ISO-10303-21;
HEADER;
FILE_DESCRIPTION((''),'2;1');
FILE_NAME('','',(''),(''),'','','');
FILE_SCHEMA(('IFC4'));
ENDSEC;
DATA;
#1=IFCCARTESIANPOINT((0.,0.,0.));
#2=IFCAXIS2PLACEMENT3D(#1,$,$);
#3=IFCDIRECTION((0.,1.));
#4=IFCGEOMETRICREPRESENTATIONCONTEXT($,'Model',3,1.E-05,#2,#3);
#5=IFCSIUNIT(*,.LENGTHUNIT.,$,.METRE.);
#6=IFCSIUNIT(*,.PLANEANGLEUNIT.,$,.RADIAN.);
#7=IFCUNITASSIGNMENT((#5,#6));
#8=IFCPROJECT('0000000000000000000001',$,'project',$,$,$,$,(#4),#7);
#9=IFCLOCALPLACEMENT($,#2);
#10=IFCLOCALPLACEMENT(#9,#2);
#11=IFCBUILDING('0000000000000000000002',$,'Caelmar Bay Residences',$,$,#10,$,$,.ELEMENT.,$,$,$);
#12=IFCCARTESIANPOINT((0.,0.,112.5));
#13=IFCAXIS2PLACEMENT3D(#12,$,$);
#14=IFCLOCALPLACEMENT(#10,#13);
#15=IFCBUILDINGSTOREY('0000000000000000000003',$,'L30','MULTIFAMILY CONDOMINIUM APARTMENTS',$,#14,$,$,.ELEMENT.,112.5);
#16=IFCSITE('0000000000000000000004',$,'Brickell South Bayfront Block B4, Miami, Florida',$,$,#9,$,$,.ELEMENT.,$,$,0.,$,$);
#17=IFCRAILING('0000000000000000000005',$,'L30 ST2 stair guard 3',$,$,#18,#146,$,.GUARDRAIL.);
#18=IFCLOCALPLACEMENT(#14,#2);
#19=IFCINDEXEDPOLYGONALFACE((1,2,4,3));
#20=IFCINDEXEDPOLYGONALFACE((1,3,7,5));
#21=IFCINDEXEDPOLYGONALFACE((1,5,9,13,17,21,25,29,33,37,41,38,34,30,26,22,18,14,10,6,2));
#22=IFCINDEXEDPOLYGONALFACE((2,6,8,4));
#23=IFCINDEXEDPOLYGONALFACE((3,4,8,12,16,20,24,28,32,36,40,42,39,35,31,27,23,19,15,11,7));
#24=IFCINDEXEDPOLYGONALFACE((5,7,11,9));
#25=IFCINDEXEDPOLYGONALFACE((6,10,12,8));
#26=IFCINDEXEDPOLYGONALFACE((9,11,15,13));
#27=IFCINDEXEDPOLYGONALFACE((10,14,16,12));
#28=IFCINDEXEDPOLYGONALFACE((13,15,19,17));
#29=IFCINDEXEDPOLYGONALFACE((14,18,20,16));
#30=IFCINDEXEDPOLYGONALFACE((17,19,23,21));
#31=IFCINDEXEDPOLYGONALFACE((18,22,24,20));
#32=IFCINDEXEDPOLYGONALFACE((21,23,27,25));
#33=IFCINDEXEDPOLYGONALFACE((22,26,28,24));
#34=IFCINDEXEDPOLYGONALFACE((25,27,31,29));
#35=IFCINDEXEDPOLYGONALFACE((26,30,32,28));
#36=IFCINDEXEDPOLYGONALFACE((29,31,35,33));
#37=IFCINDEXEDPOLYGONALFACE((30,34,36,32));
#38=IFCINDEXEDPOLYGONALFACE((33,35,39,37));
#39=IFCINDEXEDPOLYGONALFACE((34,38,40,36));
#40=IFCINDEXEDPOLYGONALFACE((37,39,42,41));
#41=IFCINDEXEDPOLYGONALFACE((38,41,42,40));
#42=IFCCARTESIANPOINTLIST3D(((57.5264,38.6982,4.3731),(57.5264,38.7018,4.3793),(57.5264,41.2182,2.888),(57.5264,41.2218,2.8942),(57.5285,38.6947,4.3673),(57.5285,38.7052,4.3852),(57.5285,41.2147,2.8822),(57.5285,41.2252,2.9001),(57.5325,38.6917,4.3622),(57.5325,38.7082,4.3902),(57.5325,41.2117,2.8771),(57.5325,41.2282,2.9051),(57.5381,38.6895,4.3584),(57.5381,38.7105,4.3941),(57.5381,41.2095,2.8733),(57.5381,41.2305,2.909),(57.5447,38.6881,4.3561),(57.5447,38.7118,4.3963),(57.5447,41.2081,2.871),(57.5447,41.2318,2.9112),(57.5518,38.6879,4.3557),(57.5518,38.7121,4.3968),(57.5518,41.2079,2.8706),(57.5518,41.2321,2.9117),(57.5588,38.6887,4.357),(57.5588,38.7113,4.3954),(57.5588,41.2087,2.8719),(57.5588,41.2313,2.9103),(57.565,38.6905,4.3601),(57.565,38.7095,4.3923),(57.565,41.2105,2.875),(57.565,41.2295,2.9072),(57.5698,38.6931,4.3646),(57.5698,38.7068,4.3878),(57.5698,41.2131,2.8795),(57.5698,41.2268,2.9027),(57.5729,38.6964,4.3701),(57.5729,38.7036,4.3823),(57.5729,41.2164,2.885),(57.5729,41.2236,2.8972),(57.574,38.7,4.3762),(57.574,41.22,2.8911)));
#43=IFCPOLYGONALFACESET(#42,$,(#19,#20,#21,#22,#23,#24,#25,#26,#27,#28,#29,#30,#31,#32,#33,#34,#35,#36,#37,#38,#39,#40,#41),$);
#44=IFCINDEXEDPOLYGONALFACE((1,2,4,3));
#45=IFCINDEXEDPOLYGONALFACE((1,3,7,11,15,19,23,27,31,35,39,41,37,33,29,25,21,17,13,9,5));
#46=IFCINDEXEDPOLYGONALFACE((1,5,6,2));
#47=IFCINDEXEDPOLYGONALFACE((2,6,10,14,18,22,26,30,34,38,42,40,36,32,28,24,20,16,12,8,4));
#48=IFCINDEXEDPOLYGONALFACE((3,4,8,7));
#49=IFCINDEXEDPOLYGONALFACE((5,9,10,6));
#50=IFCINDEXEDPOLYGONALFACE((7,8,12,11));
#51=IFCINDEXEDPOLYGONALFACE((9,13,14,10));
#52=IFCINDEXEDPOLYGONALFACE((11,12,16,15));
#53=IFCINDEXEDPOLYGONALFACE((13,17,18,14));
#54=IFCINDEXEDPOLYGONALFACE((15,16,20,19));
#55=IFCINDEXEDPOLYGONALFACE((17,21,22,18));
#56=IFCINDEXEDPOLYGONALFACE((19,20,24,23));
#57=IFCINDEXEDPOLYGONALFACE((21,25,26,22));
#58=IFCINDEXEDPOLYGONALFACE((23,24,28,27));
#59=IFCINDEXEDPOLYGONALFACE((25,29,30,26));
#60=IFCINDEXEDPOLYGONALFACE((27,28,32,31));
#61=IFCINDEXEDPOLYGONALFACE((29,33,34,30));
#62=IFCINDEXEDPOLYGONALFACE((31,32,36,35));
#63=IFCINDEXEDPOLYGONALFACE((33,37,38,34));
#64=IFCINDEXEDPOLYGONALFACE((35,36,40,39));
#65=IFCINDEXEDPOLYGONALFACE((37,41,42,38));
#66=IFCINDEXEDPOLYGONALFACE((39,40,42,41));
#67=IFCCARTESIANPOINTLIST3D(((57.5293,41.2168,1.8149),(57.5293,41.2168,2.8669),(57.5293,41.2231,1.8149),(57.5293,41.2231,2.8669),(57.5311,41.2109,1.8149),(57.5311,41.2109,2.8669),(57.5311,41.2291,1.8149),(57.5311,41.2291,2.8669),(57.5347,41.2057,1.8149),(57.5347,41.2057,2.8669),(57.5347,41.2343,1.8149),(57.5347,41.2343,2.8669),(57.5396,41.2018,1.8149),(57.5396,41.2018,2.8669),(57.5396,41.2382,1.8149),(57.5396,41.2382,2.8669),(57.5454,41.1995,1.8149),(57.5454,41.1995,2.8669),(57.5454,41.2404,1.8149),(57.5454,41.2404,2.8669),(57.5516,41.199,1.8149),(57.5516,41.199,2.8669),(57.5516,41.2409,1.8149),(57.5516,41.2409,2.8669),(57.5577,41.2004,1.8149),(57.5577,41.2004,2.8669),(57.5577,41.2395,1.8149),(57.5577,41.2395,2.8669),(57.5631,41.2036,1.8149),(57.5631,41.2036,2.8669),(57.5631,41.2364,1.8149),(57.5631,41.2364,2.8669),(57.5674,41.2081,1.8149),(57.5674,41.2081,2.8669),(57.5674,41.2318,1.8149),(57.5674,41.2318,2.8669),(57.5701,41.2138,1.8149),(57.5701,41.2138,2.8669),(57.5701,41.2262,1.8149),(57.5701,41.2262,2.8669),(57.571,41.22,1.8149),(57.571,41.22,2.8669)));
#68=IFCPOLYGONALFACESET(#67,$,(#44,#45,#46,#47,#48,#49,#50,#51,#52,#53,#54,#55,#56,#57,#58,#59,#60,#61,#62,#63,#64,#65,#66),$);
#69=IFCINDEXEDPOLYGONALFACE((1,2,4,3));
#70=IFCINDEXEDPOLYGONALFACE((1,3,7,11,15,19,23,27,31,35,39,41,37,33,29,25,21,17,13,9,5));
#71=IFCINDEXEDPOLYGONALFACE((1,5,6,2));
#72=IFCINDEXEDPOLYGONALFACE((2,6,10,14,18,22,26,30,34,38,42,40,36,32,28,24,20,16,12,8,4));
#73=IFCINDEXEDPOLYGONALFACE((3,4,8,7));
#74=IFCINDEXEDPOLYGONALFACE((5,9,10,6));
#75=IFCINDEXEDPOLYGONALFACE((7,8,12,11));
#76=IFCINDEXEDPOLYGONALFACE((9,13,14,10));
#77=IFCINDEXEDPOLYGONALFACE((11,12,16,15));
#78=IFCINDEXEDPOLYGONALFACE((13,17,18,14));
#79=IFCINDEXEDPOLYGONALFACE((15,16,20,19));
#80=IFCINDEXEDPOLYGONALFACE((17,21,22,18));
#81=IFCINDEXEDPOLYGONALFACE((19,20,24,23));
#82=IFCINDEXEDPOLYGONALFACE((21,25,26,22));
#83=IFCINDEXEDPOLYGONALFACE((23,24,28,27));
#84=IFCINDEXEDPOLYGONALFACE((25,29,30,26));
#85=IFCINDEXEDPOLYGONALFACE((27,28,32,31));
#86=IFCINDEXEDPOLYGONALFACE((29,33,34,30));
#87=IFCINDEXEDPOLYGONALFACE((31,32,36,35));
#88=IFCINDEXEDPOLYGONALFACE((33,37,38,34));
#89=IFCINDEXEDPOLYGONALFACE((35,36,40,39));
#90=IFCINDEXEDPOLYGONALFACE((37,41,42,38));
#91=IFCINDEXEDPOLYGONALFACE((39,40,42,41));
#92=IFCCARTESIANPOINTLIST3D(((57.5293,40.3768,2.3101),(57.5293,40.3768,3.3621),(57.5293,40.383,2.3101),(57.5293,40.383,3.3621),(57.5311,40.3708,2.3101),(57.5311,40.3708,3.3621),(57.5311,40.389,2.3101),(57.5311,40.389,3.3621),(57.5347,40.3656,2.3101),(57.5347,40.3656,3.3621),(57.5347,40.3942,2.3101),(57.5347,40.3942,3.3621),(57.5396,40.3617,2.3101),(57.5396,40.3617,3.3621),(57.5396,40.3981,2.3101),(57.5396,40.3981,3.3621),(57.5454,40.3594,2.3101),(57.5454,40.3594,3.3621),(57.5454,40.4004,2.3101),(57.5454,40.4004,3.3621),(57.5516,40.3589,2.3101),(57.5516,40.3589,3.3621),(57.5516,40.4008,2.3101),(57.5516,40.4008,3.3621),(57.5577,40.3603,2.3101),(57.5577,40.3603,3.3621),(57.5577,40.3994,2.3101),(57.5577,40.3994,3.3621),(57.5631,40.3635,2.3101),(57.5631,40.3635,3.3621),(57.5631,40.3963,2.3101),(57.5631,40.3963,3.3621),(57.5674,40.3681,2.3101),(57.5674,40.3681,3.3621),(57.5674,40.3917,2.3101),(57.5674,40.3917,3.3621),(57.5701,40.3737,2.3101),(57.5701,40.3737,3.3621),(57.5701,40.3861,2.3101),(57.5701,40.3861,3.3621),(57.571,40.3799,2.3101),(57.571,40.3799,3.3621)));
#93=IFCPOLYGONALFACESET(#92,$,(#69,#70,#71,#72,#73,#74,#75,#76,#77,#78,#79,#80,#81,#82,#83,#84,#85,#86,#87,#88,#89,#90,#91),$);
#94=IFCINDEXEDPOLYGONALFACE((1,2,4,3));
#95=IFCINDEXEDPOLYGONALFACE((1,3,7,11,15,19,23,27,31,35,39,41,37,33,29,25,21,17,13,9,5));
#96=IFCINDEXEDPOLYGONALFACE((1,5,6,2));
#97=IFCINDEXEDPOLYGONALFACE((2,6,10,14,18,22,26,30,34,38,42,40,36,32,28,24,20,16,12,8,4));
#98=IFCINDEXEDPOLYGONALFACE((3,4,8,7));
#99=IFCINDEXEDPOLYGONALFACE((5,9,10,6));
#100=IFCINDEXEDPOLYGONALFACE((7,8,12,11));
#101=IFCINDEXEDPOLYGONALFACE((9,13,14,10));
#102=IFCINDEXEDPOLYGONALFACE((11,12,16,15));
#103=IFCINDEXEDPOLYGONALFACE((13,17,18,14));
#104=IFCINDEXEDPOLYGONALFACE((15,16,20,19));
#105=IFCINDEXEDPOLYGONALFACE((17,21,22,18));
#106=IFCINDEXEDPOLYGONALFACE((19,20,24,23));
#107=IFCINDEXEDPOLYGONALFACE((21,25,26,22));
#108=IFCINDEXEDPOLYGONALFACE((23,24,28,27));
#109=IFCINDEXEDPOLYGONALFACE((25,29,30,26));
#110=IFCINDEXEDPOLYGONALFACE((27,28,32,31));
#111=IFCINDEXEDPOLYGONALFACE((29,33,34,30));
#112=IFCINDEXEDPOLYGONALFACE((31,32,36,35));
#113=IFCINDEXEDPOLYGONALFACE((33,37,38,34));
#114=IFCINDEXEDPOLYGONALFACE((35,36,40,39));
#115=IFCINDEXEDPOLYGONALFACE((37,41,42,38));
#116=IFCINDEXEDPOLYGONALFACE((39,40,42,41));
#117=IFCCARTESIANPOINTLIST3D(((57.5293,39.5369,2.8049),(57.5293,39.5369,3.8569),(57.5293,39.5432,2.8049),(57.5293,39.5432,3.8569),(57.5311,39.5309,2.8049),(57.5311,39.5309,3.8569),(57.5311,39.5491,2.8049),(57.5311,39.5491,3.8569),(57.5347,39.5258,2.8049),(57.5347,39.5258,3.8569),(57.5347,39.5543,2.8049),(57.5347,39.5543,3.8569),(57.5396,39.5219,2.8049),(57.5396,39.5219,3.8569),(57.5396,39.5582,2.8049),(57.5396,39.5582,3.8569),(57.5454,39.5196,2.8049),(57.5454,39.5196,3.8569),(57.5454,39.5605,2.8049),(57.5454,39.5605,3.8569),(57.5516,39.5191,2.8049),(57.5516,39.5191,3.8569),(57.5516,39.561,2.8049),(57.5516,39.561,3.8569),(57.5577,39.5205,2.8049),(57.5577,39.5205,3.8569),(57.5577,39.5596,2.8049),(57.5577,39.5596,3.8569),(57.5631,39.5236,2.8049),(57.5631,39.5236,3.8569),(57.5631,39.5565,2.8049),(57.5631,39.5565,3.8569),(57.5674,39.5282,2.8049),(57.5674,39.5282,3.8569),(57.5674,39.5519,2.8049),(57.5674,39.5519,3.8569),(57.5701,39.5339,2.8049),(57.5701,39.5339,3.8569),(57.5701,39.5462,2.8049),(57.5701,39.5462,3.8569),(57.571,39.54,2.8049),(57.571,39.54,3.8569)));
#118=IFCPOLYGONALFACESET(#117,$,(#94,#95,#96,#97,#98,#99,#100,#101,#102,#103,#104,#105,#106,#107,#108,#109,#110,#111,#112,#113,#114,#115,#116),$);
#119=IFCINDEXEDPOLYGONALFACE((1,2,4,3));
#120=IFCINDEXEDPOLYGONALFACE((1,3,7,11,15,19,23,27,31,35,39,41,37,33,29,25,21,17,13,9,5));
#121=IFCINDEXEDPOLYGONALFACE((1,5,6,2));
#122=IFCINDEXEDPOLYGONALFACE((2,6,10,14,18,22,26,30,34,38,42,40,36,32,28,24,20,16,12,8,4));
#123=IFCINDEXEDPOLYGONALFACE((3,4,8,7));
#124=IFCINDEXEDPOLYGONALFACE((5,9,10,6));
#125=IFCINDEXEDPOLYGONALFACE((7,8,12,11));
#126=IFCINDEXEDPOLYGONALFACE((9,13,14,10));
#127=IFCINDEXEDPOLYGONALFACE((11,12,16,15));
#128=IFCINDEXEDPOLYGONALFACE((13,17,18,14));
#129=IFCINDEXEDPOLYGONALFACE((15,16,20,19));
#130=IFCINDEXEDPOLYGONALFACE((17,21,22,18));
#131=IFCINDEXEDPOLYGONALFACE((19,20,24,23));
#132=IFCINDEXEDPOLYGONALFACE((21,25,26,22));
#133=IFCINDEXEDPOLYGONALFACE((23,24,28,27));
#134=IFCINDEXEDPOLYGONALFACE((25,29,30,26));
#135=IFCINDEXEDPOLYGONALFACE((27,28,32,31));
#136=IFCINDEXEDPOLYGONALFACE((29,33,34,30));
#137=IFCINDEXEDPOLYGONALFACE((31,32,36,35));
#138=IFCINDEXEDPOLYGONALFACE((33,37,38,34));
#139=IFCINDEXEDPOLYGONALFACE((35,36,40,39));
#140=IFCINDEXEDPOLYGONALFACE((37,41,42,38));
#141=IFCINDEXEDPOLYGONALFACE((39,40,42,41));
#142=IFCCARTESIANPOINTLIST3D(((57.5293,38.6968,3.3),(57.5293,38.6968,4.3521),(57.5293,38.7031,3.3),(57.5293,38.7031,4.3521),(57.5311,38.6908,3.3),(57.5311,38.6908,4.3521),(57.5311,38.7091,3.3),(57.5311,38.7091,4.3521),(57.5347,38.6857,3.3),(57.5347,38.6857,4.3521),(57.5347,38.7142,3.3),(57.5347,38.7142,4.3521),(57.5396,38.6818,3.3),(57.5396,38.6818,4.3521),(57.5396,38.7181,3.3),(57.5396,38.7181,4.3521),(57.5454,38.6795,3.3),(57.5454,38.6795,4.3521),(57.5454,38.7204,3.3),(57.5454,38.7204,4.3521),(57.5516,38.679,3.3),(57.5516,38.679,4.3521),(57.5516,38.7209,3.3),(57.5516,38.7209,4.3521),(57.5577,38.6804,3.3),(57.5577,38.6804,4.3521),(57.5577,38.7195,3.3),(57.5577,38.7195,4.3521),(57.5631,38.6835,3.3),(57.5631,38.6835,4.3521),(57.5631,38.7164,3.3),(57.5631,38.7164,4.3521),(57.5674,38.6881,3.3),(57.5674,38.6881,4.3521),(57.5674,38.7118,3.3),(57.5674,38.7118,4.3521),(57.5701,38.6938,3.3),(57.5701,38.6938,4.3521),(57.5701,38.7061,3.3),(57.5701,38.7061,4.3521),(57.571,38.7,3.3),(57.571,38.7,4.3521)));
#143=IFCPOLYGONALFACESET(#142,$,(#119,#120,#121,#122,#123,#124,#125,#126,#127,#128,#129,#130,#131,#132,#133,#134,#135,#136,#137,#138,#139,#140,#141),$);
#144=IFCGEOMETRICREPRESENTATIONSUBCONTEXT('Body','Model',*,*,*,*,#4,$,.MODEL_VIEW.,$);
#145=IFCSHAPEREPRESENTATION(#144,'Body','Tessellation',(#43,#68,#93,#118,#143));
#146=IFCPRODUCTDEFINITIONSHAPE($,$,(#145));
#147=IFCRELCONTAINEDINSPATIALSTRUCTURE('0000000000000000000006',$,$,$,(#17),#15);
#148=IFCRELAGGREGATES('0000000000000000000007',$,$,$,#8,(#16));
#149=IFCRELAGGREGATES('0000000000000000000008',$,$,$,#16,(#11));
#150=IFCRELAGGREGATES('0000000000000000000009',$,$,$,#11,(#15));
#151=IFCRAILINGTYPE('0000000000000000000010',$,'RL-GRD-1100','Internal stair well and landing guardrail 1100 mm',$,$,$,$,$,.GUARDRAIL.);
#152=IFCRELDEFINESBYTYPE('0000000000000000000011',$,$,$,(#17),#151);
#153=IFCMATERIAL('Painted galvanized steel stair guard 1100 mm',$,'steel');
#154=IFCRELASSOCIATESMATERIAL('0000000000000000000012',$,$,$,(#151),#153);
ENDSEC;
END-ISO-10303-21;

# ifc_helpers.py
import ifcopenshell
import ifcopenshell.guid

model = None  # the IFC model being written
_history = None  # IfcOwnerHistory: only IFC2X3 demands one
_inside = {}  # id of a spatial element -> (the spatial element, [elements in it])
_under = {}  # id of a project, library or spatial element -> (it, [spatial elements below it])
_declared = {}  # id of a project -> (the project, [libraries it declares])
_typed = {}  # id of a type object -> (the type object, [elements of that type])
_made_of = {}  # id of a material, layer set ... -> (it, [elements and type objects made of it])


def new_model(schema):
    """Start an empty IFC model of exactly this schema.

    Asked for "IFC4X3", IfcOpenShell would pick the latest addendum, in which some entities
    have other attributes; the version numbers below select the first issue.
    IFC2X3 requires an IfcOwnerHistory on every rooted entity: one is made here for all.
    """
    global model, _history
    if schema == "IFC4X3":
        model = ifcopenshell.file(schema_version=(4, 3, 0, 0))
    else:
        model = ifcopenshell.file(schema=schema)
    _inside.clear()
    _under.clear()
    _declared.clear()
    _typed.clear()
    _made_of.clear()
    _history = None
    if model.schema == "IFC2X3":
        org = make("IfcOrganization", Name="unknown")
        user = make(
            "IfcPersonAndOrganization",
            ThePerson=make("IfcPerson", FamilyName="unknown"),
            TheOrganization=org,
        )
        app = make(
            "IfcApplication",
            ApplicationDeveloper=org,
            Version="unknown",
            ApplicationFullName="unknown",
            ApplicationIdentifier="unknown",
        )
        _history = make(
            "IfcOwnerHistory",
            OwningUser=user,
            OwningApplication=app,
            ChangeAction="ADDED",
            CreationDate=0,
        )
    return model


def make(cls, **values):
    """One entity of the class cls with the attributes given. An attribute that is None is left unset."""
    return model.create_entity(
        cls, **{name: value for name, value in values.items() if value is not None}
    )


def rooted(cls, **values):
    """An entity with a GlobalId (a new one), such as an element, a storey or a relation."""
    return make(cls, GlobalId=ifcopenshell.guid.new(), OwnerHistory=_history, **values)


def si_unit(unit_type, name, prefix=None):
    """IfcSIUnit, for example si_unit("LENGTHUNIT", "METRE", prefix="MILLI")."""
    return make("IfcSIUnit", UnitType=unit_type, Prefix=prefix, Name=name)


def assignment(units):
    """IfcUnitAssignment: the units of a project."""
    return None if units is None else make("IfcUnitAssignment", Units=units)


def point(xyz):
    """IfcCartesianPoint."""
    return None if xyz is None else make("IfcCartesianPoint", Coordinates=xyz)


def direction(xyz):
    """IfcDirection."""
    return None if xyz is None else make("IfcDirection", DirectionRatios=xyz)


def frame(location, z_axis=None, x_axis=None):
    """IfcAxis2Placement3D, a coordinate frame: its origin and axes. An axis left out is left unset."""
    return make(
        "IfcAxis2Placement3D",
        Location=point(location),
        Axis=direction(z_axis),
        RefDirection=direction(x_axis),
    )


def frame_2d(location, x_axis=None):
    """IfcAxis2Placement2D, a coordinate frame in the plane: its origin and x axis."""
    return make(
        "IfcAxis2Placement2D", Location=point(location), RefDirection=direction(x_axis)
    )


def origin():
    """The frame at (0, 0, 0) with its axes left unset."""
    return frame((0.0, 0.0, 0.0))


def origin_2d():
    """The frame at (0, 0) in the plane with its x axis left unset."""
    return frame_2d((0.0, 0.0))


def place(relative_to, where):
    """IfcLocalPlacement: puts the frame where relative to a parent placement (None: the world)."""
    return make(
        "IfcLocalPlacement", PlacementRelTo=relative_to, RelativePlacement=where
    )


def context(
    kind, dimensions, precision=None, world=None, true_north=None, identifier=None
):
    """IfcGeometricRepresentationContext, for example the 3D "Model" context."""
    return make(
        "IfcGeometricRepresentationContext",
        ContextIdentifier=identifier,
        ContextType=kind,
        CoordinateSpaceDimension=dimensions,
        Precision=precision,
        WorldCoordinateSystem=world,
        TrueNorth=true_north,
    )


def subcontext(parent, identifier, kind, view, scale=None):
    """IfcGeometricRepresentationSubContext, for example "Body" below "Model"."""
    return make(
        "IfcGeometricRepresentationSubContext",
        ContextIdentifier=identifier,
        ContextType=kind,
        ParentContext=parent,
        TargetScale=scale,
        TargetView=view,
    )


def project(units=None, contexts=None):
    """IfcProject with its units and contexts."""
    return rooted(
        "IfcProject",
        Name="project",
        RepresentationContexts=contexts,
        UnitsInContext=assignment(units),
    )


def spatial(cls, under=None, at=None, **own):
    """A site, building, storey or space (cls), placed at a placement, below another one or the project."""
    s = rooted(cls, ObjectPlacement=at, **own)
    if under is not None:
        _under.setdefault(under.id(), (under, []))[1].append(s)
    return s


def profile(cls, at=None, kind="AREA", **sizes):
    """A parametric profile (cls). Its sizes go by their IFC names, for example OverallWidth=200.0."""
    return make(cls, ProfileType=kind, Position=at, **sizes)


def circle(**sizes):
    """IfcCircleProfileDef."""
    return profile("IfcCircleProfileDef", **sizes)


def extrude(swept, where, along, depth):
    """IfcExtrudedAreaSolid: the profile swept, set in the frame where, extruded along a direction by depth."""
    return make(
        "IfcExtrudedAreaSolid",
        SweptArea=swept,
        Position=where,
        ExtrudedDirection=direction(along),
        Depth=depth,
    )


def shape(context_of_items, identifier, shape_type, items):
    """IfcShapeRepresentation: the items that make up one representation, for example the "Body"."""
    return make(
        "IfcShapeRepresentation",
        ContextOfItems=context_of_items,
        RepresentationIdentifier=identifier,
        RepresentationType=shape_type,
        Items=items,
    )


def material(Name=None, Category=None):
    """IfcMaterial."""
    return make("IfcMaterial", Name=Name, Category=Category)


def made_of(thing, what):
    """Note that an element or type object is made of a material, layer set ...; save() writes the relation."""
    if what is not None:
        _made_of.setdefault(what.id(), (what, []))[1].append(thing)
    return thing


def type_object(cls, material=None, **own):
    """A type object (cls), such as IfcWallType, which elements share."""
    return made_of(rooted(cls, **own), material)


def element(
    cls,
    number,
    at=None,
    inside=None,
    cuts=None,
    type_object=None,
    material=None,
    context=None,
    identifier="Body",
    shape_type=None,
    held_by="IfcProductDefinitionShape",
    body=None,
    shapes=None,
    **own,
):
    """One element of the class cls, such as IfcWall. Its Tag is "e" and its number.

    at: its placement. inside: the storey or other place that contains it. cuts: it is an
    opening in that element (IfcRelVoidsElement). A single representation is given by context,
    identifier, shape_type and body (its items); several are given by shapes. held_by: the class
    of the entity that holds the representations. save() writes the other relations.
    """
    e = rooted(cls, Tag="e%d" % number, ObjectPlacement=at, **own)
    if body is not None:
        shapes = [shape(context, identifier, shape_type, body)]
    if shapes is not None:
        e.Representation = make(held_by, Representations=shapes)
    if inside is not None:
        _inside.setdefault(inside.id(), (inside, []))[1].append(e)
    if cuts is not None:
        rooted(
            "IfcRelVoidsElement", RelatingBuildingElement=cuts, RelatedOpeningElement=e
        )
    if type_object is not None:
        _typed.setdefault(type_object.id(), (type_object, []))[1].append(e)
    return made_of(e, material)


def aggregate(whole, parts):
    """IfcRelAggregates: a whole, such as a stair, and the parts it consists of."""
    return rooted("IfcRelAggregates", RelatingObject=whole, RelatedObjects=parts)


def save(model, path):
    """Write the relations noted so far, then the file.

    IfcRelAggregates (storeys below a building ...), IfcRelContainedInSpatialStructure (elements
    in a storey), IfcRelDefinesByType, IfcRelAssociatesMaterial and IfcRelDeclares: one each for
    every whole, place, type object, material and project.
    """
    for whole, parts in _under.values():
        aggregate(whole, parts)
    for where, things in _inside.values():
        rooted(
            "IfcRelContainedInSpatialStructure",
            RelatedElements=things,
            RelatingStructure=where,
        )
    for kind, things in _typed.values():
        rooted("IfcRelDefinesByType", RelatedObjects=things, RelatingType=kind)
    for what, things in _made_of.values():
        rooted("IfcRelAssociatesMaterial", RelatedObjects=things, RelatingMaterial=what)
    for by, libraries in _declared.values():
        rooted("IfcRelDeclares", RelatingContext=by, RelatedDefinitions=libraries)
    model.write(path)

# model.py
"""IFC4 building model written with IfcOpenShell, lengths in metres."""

from ifc_helpers import new_model, si_unit, direction, frame, origin, origin_2d, place, context, subcontext, project, spatial, circle, extrude, material, type_object, element, save


model = new_model("IFC4")

# Units and contexts
model_context = context("Model", 3, precision=1e-05, world=origin(), true_north=direction((0.0, 1.0)))
body_context = subcontext(model_context, "Body", "Model", "MODEL_VIEW")
ifc_project = project(units=[si_unit("LENGTHUNIT", "METRE"), si_unit("PLANEANGLEUNIT", "RADIAN")], contexts=[model_context])

# Site, building, storey
site_placement = place(None, origin())
site = spatial("IfcSite", under=ifc_project, at=site_placement, Name="Brickell South Bayfront Block B4, Miami, Florida", CompositionType="ELEMENT", RefElevation=0.0)
building_placement = place(site_placement, origin())
building = spatial("IfcBuilding", under=site, at=building_placement, Name="Caelmar Bay Residences", CompositionType="ELEMENT")
storey_placement = place(building_placement, frame((0.0, 0.0, 112.5)))
storey = spatial("IfcBuildingStorey", under=building, at=storey_placement, Name="L30", Description="MULTIFAMILY CONDOMINIUM APARTMENTS", CompositionType="ELEMENT", Elevation=112.5)

# Railing
ifc_material_1 = material(Name="Painted galvanized steel stair guard 1100 mm", Category="steel")
railing_type_1 = type_object("IfcRailingType", Name="RL-GRD-1100", Description="Internal stair well and landing guardrail 1100 mm", PredefinedType="GUARDRAIL", material=ifc_material_1)
railing_1_placement = place(storey_placement, frame((57.55, 41.22, 1.8149)))
element("IfcRailing", 1, at=railing_1_placement, inside=storey, type_object=railing_type_1, Name="L30 ST2 stair guard 3", PredefinedType="GUARDRAIL", context=body_context, shape_type="SweptSolid", body=[
    extrude(circle(Radius=0.0239, at=origin_2d()), frame((0.0, 0.0, 1.0762), z_axis=(0.0, -0.861524, 0.507717), x_axis=(1.0, 0.0, 0.0)), (0.0, 0.0, 1.0), 2.925),
    extrude(circle(Radius=0.021, at=origin_2d()), origin(), (0.0, 0.0, 1.0), 1.052),
    extrude(circle(Radius=0.021, at=origin_2d()), frame((0.0, -0.8401, 0.4951)), (0.0, 0.0, 1.0), 1.052),
    extrude(circle(Radius=0.021, at=origin_2d()), frame((0.0, -1.6799, 0.99)), (0.0, 0.0, 1.0), 1.052),
    extrude(circle(Radius=0.021, at=origin_2d()), frame((0.0, -2.52, 1.4851)), (0.0, 0.0, 1.0), 1.052),
])

save(model, "model.ifc")
